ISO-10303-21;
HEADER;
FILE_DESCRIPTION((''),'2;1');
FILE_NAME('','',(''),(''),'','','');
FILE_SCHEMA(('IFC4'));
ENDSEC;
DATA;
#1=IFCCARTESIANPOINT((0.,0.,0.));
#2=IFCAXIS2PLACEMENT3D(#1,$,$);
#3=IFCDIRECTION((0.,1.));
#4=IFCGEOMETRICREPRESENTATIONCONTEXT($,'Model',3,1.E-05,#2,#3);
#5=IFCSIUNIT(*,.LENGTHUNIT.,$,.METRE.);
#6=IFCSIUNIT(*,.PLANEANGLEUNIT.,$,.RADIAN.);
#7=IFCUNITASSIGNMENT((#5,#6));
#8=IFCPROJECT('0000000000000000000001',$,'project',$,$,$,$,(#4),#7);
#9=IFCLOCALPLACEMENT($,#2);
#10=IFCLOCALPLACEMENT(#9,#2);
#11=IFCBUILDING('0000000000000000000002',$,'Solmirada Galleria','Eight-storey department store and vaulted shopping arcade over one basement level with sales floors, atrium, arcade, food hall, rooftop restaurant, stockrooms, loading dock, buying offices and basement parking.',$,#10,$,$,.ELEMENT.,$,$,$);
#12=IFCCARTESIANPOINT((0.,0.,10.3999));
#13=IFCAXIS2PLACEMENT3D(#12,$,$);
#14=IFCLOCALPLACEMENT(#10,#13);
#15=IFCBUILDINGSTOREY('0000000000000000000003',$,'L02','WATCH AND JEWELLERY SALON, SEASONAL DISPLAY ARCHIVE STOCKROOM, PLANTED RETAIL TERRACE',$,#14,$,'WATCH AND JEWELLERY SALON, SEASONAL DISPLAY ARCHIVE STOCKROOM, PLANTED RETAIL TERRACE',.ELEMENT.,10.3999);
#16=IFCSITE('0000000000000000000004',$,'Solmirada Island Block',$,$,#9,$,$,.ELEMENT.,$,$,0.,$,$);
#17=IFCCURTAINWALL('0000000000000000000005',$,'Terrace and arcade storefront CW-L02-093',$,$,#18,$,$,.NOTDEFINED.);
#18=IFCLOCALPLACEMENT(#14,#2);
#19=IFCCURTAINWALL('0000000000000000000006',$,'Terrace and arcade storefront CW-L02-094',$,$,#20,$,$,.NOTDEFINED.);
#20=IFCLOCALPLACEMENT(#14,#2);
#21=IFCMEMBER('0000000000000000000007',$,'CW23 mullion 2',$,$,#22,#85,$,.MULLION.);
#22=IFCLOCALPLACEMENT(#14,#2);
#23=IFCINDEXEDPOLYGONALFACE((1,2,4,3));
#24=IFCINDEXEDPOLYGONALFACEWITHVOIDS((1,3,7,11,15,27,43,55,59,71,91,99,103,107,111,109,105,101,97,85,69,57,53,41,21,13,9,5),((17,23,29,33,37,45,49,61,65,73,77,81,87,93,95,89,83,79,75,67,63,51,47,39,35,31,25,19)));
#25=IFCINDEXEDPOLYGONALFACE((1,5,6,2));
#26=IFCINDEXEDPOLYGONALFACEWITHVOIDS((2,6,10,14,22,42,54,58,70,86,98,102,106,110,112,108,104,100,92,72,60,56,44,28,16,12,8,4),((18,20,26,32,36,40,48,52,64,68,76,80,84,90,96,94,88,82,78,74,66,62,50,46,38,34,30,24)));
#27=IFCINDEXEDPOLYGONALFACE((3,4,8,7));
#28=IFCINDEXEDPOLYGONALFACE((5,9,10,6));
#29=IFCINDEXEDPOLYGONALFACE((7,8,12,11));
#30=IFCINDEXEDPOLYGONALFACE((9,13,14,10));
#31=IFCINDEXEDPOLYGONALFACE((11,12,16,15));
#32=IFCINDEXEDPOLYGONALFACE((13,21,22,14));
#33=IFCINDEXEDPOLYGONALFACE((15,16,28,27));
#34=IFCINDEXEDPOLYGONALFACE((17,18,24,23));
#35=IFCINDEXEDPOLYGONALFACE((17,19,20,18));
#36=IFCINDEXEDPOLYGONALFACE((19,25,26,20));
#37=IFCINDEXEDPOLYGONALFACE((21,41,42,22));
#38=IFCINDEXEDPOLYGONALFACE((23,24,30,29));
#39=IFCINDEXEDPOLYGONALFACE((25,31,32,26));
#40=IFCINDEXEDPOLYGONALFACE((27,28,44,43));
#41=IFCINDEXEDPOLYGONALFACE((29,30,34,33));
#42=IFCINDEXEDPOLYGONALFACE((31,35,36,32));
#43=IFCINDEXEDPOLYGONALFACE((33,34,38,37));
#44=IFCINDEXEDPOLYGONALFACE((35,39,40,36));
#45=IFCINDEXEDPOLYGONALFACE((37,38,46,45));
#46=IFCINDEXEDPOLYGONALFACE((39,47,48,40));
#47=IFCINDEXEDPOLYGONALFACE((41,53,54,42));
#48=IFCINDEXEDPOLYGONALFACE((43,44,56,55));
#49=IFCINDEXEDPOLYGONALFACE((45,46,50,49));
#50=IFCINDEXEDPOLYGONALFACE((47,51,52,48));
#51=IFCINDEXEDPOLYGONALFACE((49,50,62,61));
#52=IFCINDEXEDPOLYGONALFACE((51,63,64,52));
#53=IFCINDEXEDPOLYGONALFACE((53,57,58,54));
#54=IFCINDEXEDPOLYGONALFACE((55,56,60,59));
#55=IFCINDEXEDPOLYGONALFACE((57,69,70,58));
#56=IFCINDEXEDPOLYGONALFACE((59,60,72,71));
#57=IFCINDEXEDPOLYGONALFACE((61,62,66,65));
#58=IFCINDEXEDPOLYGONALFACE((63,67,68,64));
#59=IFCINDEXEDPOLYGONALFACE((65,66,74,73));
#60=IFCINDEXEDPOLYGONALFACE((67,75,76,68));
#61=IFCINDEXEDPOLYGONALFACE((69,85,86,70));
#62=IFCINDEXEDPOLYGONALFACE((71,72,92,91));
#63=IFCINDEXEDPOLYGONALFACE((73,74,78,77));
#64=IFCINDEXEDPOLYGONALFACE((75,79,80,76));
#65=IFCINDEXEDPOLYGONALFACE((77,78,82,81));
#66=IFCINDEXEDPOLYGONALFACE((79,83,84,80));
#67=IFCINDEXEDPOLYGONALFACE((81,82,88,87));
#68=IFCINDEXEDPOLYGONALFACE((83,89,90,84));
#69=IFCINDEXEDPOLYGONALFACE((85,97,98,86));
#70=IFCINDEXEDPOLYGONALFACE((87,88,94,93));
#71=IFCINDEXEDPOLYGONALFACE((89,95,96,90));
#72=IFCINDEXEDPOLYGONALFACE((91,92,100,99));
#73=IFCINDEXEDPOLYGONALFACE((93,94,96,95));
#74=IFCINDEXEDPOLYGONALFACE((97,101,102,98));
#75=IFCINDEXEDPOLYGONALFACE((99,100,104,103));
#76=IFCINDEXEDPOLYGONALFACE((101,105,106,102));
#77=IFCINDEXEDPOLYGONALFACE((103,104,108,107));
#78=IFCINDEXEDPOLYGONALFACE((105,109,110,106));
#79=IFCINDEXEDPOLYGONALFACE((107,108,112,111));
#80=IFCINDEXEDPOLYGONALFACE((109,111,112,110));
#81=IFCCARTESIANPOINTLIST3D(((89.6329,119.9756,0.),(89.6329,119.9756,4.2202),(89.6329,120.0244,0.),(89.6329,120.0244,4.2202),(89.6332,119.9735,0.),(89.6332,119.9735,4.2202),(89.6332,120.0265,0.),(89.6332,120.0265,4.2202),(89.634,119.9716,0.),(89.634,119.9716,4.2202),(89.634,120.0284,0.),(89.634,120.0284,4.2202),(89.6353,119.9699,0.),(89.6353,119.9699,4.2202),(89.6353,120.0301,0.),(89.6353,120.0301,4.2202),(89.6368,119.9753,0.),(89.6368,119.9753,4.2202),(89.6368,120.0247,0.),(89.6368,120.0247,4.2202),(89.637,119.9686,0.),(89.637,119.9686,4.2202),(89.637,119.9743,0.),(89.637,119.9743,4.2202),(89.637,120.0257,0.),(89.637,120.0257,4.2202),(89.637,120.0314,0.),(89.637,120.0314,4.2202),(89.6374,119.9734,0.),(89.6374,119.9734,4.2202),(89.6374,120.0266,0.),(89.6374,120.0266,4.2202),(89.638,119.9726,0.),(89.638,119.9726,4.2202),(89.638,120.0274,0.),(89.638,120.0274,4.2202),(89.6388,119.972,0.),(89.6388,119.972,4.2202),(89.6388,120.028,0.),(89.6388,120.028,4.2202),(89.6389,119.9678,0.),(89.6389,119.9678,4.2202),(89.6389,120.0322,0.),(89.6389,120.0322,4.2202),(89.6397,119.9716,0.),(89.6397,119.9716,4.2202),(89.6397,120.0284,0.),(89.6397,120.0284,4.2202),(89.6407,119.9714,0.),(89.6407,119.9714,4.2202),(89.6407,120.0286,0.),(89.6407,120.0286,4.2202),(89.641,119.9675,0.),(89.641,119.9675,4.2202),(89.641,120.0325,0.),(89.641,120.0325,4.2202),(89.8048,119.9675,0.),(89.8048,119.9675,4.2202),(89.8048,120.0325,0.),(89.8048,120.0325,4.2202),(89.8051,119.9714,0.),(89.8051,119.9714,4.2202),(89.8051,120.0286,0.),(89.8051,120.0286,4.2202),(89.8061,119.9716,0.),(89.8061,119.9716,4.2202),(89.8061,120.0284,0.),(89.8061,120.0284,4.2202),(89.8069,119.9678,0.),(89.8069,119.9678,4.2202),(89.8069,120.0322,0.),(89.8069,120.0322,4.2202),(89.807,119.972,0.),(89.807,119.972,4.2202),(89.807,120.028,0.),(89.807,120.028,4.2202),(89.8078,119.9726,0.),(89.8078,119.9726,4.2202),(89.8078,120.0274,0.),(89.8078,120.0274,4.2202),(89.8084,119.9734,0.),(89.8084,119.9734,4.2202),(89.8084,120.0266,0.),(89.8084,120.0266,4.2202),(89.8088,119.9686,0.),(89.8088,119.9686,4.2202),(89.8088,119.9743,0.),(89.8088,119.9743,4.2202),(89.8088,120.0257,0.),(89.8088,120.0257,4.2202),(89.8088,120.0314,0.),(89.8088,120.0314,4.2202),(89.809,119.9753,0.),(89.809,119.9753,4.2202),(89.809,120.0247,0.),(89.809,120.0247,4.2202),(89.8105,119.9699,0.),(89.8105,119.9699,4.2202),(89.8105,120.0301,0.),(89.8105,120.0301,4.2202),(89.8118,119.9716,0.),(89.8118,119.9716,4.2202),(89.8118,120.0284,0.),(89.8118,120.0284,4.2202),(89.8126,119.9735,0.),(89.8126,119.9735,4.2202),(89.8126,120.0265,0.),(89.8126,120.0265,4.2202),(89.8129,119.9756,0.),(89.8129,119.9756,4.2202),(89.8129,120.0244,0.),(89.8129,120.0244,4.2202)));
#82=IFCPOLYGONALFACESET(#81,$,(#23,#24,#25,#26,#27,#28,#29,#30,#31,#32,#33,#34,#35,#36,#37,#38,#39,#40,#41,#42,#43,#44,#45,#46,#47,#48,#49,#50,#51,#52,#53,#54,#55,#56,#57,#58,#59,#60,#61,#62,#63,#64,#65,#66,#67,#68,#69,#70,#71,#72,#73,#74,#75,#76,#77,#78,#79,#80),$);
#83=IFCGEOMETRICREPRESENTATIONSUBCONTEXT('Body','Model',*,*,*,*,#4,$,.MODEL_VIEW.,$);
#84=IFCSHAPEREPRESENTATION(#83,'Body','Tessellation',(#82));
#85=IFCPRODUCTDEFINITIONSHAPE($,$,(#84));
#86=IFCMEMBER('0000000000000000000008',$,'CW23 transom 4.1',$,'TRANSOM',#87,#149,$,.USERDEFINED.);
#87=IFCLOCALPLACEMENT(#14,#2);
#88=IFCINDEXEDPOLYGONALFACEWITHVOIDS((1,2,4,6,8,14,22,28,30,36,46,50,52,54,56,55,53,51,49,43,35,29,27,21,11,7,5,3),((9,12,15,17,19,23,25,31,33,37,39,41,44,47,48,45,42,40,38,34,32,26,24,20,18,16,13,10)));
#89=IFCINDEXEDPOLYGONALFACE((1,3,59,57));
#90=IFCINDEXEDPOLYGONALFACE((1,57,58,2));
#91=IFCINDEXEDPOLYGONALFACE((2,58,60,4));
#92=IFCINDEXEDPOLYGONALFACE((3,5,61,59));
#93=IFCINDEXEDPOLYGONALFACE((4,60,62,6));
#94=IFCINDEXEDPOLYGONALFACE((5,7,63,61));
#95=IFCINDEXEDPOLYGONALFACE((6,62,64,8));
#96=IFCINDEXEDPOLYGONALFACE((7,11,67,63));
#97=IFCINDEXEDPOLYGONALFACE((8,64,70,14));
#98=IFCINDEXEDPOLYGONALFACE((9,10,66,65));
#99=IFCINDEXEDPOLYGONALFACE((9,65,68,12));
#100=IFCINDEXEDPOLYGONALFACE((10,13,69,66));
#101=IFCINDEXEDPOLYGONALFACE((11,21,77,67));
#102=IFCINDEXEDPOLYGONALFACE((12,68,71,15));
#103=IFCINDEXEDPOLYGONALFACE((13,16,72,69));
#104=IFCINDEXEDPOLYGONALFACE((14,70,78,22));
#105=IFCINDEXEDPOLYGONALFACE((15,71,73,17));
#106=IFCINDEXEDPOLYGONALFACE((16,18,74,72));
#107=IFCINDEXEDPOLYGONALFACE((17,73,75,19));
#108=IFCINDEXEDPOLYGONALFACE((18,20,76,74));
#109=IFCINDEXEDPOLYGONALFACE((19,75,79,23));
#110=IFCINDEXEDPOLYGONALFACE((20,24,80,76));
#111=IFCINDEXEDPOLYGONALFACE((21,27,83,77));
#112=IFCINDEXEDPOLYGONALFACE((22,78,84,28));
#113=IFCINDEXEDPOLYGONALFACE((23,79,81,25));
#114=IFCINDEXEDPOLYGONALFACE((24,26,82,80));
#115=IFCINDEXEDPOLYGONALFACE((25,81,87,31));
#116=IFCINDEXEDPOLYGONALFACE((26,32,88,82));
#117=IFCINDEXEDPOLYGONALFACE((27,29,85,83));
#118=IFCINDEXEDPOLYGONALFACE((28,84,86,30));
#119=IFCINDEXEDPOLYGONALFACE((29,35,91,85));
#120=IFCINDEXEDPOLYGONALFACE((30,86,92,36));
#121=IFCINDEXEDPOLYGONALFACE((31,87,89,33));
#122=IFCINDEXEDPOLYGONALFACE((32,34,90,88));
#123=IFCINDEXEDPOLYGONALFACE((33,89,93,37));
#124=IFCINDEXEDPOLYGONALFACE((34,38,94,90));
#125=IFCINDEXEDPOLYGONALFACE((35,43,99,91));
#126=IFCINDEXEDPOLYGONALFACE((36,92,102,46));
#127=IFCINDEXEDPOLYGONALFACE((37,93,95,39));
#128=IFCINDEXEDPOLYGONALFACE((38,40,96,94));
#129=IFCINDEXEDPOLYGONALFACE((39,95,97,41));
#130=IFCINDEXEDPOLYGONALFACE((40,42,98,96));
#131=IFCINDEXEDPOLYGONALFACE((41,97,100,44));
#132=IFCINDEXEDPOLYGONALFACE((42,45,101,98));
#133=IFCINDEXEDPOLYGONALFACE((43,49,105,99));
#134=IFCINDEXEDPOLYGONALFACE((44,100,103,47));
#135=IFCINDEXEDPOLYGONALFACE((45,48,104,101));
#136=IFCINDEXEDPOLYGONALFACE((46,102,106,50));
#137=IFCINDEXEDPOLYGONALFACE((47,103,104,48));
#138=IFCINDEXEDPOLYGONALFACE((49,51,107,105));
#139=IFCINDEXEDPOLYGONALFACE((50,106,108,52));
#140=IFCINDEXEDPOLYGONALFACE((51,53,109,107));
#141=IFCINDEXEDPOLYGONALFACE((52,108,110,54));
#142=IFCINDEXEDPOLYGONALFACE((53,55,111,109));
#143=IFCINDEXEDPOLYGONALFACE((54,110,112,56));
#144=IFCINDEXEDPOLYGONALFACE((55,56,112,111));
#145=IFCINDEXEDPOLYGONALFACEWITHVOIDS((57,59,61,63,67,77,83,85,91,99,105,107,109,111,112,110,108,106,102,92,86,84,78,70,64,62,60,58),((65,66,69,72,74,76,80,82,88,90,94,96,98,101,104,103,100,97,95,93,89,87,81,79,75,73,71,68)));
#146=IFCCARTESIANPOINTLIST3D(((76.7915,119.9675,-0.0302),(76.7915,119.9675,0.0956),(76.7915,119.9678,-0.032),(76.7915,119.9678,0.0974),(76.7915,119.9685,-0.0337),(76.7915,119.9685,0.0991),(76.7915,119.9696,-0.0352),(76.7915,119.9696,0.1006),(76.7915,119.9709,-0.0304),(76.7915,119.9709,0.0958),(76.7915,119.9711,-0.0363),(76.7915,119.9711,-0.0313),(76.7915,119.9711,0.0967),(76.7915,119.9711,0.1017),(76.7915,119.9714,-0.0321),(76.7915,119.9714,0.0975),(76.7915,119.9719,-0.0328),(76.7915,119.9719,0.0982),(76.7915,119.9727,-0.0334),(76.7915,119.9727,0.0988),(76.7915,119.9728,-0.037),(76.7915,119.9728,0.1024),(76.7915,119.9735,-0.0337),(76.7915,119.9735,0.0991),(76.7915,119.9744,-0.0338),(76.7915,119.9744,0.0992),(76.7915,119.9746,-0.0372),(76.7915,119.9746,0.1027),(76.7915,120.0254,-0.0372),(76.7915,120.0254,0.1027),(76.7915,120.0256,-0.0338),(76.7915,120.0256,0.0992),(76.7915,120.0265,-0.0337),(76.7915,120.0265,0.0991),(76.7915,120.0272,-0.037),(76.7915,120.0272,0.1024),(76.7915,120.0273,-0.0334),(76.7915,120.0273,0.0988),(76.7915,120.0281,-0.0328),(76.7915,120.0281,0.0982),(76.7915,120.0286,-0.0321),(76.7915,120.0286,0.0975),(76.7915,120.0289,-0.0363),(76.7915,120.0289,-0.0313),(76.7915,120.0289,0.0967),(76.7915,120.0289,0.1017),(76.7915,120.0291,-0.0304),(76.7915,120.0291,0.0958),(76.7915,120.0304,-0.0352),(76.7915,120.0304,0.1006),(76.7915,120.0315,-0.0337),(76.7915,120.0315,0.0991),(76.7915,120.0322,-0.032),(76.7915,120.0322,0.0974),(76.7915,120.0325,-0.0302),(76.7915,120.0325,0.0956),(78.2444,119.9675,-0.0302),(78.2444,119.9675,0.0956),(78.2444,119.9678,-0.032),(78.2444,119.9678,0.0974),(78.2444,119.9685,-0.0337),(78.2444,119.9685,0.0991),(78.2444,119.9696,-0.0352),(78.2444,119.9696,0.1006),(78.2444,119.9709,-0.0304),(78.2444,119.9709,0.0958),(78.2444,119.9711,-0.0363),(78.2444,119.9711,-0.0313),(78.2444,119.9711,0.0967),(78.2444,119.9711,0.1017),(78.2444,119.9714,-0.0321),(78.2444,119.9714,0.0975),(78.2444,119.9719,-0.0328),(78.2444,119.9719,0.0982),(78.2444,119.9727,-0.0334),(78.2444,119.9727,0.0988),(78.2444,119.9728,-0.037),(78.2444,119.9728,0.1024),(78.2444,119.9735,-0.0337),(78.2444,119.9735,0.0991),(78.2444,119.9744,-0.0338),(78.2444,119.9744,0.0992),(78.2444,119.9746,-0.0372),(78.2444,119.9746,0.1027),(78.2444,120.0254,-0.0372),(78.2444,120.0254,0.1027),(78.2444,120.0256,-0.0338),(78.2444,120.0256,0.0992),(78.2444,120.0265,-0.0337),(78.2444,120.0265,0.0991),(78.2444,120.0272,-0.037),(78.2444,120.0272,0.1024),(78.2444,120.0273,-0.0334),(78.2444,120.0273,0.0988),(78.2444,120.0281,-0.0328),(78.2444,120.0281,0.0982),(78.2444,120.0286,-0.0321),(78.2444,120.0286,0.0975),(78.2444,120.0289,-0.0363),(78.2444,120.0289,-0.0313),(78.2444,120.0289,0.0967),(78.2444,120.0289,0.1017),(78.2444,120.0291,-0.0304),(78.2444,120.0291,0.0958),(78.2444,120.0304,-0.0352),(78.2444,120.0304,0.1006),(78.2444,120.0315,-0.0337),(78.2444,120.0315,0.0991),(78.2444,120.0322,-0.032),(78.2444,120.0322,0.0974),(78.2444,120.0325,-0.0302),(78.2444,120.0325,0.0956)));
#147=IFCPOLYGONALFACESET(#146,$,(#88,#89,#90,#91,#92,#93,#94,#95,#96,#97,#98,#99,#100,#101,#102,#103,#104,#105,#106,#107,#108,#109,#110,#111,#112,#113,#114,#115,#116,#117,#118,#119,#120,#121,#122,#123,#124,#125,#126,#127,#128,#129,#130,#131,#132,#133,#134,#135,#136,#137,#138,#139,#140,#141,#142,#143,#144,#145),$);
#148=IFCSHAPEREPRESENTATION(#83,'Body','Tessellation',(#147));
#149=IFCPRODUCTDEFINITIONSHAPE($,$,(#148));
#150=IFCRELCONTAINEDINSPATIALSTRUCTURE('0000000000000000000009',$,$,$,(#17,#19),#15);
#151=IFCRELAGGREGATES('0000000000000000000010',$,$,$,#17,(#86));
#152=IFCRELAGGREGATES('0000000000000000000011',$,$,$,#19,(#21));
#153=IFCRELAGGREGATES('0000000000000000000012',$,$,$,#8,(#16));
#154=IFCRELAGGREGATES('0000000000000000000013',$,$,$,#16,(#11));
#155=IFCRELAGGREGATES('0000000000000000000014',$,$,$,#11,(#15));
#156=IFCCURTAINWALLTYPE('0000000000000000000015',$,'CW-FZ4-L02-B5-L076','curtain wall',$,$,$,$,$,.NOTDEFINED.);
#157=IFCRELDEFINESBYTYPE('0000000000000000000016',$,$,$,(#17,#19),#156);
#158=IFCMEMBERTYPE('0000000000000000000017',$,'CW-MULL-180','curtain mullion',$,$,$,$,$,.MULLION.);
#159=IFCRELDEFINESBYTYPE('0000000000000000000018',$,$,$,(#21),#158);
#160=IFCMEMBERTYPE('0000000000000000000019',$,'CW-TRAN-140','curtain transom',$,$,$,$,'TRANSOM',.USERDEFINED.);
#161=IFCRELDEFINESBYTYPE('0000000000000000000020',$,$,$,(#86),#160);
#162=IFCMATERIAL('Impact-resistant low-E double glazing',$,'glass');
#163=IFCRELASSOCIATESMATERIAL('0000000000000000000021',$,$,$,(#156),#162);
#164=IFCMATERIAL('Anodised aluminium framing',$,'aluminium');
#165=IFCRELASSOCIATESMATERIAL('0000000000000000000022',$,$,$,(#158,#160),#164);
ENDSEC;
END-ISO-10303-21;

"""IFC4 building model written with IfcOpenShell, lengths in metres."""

from ifc_helpers import new_model, si_unit, direction, frame, origin, origin_2d, place, context, subcontext, project, spatial, hollow_rectangle, extrude, material, material_profile, profile_set, type_object, element, aggregate, save


model = new_model("IFC4")

# Units and contexts
model_context = context("Model", 3, precision=1e-05, world=origin(), true_north=direction((0.0, 1.0)))
body_context = subcontext(model_context, "Body", "Model", "MODEL_VIEW")
ifc_project = project(units=[si_unit("LENGTHUNIT", "METRE"), si_unit("PLANEANGLEUNIT", "RADIAN")], contexts=[model_context])

# Site, building, storey
site_placement = place(None, origin())
site = spatial("IfcSite", under=ifc_project, at=site_placement, Name="Solmirada Island Block", CompositionType="ELEMENT", RefElevation=0.0)
building_placement = place(site_placement, origin())
building = spatial("IfcBuilding", under=site, at=building_placement, Name="Solmirada Galleria", Description="Eight-storey department store and vaulted shopping arcade over one basement level with sales floors, atrium, arcade, food hall, rooftop restaurant, stockrooms, loading dock, buying offices and basement parking.", CompositionType="ELEMENT")
storey_placement = place(building_placement, frame((0.0, 0.0, 10.3999)))
storey = spatial("IfcBuildingStorey", under=building, at=storey_placement, Name="L02", Description="WATCH AND JEWELLERY SALON, SEASONAL DISPLAY ARCHIVE STOCKROOM, PLANTED RETAIL TERRACE", LongName="WATCH AND JEWELLERY SALON, SEASONAL DISPLAY ARCHIVE STOCKROOM, PLANTED RETAIL TERRACE", CompositionType="ELEMENT", Elevation=10.3999)

# Curtain walls, member
ifc_material_1 = material(Name="Impact-resistant low-E double glazing", Category="glass")
curtain_wall_type = type_object("IfcCurtainWallType", Name="CW-FZ4-L02-B5-L076", Description="curtain wall", PredefinedType="NOTDEFINED", material=ifc_material_1)
curtain_wall_1_placement = place(storey_placement, origin())
curtain_wall_1 = element("IfcCurtainWall", 1, at=curtain_wall_1_placement, inside=storey, type_object=curtain_wall_type, Name="Terrace and arcade storefront CW-L02-093", PredefinedType="NOTDEFINED")
ifc_material_2 = material(Name="Anodised aluminium framing", Category="aluminium")
ifc_material_profile_1 = material_profile(ifc_material_2, hollow_rectangle(XDim=0.0649, YDim=0.1799, WallThickness=0.0039, InnerFilletRadius=0.0039, OuterFilletRadius=0.0081, at=origin_2d()), Name="ALU-MULL-180X65")
ifc_profile_set_1 = profile_set([ifc_material_profile_1], Name="Anodised aluminium framing")
member_type_1 = type_object("IfcMemberType", Name="CW-MULL-180", Description="curtain mullion", PredefinedType="MULLION", material=ifc_profile_set_1)
curtain_wall_2_placement = place(storey_placement, origin())
curtain_wall_2 = element("IfcCurtainWall", 2, at=curtain_wall_2_placement, inside=storey, type_object=curtain_wall_type, Name="Terrace and arcade storefront CW-L02-094", PredefinedType="NOTDEFINED")
member_1_placement = place(storey_placement, frame((89.7229, 120.0, 0.0), z_axis=(0.0, 0.0, 1.0), x_axis=(0.0, 1.0, 0.0)))
member_1 = element("IfcMember", 3, at=member_1_placement, type_object=member_type_1, Name="CW23 mullion 2", PredefinedType="MULLION", context=body_context, shape_type="SweptSolid", body=[
    extrude(hollow_rectangle(XDim=0.0649, YDim=0.1799, WallThickness=0.0039, InnerFilletRadius=0.0039, OuterFilletRadius=0.0081, at=origin_2d()), origin(), (0.0, 0.0, 1.0), 4.2202),
])

# Member
ifc_material_profile_2 = material_profile(ifc_material_2, hollow_rectangle(XDim=0.0649, YDim=0.1399, WallThickness=0.0034, InnerFilletRadius=0.0034, OuterFilletRadius=0.0071, at=origin_2d()), Name="ALU-TRAN-140X65")
ifc_profile_set_2 = profile_set([ifc_material_profile_2], Name="Anodised aluminium framing")
member_type_2 = type_object("IfcMemberType", Name="CW-TRAN-140", Description="curtain transom", ElementType="TRANSOM", PredefinedType="USERDEFINED", material=ifc_profile_set_2)
member_2_placement = place(storey_placement, frame((76.7915, 120.0, 0.0327), z_axis=(1.0, 0.0, 0.0), x_axis=(0.0, 1.0, 0.0)))
member_2 = element("IfcMember", 4, at=member_2_placement, type_object=member_type_2, Name="CW23 transom 4.1", ObjectType="TRANSOM", PredefinedType="USERDEFINED", context=body_context, shape_type="SweptSolid", body=[
    extrude(hollow_rectangle(XDim=0.0649, YDim=0.1399, WallThickness=0.0034, InnerFilletRadius=0.0034, OuterFilletRadius=0.0071, at=origin_2d()), origin(), (0.0, 0.0, 1.0), 1.4529),
])

aggregate(curtain_wall_1, [member_2])
aggregate(curtain_wall_2, [member_1])

save(model, "model.ifc")
